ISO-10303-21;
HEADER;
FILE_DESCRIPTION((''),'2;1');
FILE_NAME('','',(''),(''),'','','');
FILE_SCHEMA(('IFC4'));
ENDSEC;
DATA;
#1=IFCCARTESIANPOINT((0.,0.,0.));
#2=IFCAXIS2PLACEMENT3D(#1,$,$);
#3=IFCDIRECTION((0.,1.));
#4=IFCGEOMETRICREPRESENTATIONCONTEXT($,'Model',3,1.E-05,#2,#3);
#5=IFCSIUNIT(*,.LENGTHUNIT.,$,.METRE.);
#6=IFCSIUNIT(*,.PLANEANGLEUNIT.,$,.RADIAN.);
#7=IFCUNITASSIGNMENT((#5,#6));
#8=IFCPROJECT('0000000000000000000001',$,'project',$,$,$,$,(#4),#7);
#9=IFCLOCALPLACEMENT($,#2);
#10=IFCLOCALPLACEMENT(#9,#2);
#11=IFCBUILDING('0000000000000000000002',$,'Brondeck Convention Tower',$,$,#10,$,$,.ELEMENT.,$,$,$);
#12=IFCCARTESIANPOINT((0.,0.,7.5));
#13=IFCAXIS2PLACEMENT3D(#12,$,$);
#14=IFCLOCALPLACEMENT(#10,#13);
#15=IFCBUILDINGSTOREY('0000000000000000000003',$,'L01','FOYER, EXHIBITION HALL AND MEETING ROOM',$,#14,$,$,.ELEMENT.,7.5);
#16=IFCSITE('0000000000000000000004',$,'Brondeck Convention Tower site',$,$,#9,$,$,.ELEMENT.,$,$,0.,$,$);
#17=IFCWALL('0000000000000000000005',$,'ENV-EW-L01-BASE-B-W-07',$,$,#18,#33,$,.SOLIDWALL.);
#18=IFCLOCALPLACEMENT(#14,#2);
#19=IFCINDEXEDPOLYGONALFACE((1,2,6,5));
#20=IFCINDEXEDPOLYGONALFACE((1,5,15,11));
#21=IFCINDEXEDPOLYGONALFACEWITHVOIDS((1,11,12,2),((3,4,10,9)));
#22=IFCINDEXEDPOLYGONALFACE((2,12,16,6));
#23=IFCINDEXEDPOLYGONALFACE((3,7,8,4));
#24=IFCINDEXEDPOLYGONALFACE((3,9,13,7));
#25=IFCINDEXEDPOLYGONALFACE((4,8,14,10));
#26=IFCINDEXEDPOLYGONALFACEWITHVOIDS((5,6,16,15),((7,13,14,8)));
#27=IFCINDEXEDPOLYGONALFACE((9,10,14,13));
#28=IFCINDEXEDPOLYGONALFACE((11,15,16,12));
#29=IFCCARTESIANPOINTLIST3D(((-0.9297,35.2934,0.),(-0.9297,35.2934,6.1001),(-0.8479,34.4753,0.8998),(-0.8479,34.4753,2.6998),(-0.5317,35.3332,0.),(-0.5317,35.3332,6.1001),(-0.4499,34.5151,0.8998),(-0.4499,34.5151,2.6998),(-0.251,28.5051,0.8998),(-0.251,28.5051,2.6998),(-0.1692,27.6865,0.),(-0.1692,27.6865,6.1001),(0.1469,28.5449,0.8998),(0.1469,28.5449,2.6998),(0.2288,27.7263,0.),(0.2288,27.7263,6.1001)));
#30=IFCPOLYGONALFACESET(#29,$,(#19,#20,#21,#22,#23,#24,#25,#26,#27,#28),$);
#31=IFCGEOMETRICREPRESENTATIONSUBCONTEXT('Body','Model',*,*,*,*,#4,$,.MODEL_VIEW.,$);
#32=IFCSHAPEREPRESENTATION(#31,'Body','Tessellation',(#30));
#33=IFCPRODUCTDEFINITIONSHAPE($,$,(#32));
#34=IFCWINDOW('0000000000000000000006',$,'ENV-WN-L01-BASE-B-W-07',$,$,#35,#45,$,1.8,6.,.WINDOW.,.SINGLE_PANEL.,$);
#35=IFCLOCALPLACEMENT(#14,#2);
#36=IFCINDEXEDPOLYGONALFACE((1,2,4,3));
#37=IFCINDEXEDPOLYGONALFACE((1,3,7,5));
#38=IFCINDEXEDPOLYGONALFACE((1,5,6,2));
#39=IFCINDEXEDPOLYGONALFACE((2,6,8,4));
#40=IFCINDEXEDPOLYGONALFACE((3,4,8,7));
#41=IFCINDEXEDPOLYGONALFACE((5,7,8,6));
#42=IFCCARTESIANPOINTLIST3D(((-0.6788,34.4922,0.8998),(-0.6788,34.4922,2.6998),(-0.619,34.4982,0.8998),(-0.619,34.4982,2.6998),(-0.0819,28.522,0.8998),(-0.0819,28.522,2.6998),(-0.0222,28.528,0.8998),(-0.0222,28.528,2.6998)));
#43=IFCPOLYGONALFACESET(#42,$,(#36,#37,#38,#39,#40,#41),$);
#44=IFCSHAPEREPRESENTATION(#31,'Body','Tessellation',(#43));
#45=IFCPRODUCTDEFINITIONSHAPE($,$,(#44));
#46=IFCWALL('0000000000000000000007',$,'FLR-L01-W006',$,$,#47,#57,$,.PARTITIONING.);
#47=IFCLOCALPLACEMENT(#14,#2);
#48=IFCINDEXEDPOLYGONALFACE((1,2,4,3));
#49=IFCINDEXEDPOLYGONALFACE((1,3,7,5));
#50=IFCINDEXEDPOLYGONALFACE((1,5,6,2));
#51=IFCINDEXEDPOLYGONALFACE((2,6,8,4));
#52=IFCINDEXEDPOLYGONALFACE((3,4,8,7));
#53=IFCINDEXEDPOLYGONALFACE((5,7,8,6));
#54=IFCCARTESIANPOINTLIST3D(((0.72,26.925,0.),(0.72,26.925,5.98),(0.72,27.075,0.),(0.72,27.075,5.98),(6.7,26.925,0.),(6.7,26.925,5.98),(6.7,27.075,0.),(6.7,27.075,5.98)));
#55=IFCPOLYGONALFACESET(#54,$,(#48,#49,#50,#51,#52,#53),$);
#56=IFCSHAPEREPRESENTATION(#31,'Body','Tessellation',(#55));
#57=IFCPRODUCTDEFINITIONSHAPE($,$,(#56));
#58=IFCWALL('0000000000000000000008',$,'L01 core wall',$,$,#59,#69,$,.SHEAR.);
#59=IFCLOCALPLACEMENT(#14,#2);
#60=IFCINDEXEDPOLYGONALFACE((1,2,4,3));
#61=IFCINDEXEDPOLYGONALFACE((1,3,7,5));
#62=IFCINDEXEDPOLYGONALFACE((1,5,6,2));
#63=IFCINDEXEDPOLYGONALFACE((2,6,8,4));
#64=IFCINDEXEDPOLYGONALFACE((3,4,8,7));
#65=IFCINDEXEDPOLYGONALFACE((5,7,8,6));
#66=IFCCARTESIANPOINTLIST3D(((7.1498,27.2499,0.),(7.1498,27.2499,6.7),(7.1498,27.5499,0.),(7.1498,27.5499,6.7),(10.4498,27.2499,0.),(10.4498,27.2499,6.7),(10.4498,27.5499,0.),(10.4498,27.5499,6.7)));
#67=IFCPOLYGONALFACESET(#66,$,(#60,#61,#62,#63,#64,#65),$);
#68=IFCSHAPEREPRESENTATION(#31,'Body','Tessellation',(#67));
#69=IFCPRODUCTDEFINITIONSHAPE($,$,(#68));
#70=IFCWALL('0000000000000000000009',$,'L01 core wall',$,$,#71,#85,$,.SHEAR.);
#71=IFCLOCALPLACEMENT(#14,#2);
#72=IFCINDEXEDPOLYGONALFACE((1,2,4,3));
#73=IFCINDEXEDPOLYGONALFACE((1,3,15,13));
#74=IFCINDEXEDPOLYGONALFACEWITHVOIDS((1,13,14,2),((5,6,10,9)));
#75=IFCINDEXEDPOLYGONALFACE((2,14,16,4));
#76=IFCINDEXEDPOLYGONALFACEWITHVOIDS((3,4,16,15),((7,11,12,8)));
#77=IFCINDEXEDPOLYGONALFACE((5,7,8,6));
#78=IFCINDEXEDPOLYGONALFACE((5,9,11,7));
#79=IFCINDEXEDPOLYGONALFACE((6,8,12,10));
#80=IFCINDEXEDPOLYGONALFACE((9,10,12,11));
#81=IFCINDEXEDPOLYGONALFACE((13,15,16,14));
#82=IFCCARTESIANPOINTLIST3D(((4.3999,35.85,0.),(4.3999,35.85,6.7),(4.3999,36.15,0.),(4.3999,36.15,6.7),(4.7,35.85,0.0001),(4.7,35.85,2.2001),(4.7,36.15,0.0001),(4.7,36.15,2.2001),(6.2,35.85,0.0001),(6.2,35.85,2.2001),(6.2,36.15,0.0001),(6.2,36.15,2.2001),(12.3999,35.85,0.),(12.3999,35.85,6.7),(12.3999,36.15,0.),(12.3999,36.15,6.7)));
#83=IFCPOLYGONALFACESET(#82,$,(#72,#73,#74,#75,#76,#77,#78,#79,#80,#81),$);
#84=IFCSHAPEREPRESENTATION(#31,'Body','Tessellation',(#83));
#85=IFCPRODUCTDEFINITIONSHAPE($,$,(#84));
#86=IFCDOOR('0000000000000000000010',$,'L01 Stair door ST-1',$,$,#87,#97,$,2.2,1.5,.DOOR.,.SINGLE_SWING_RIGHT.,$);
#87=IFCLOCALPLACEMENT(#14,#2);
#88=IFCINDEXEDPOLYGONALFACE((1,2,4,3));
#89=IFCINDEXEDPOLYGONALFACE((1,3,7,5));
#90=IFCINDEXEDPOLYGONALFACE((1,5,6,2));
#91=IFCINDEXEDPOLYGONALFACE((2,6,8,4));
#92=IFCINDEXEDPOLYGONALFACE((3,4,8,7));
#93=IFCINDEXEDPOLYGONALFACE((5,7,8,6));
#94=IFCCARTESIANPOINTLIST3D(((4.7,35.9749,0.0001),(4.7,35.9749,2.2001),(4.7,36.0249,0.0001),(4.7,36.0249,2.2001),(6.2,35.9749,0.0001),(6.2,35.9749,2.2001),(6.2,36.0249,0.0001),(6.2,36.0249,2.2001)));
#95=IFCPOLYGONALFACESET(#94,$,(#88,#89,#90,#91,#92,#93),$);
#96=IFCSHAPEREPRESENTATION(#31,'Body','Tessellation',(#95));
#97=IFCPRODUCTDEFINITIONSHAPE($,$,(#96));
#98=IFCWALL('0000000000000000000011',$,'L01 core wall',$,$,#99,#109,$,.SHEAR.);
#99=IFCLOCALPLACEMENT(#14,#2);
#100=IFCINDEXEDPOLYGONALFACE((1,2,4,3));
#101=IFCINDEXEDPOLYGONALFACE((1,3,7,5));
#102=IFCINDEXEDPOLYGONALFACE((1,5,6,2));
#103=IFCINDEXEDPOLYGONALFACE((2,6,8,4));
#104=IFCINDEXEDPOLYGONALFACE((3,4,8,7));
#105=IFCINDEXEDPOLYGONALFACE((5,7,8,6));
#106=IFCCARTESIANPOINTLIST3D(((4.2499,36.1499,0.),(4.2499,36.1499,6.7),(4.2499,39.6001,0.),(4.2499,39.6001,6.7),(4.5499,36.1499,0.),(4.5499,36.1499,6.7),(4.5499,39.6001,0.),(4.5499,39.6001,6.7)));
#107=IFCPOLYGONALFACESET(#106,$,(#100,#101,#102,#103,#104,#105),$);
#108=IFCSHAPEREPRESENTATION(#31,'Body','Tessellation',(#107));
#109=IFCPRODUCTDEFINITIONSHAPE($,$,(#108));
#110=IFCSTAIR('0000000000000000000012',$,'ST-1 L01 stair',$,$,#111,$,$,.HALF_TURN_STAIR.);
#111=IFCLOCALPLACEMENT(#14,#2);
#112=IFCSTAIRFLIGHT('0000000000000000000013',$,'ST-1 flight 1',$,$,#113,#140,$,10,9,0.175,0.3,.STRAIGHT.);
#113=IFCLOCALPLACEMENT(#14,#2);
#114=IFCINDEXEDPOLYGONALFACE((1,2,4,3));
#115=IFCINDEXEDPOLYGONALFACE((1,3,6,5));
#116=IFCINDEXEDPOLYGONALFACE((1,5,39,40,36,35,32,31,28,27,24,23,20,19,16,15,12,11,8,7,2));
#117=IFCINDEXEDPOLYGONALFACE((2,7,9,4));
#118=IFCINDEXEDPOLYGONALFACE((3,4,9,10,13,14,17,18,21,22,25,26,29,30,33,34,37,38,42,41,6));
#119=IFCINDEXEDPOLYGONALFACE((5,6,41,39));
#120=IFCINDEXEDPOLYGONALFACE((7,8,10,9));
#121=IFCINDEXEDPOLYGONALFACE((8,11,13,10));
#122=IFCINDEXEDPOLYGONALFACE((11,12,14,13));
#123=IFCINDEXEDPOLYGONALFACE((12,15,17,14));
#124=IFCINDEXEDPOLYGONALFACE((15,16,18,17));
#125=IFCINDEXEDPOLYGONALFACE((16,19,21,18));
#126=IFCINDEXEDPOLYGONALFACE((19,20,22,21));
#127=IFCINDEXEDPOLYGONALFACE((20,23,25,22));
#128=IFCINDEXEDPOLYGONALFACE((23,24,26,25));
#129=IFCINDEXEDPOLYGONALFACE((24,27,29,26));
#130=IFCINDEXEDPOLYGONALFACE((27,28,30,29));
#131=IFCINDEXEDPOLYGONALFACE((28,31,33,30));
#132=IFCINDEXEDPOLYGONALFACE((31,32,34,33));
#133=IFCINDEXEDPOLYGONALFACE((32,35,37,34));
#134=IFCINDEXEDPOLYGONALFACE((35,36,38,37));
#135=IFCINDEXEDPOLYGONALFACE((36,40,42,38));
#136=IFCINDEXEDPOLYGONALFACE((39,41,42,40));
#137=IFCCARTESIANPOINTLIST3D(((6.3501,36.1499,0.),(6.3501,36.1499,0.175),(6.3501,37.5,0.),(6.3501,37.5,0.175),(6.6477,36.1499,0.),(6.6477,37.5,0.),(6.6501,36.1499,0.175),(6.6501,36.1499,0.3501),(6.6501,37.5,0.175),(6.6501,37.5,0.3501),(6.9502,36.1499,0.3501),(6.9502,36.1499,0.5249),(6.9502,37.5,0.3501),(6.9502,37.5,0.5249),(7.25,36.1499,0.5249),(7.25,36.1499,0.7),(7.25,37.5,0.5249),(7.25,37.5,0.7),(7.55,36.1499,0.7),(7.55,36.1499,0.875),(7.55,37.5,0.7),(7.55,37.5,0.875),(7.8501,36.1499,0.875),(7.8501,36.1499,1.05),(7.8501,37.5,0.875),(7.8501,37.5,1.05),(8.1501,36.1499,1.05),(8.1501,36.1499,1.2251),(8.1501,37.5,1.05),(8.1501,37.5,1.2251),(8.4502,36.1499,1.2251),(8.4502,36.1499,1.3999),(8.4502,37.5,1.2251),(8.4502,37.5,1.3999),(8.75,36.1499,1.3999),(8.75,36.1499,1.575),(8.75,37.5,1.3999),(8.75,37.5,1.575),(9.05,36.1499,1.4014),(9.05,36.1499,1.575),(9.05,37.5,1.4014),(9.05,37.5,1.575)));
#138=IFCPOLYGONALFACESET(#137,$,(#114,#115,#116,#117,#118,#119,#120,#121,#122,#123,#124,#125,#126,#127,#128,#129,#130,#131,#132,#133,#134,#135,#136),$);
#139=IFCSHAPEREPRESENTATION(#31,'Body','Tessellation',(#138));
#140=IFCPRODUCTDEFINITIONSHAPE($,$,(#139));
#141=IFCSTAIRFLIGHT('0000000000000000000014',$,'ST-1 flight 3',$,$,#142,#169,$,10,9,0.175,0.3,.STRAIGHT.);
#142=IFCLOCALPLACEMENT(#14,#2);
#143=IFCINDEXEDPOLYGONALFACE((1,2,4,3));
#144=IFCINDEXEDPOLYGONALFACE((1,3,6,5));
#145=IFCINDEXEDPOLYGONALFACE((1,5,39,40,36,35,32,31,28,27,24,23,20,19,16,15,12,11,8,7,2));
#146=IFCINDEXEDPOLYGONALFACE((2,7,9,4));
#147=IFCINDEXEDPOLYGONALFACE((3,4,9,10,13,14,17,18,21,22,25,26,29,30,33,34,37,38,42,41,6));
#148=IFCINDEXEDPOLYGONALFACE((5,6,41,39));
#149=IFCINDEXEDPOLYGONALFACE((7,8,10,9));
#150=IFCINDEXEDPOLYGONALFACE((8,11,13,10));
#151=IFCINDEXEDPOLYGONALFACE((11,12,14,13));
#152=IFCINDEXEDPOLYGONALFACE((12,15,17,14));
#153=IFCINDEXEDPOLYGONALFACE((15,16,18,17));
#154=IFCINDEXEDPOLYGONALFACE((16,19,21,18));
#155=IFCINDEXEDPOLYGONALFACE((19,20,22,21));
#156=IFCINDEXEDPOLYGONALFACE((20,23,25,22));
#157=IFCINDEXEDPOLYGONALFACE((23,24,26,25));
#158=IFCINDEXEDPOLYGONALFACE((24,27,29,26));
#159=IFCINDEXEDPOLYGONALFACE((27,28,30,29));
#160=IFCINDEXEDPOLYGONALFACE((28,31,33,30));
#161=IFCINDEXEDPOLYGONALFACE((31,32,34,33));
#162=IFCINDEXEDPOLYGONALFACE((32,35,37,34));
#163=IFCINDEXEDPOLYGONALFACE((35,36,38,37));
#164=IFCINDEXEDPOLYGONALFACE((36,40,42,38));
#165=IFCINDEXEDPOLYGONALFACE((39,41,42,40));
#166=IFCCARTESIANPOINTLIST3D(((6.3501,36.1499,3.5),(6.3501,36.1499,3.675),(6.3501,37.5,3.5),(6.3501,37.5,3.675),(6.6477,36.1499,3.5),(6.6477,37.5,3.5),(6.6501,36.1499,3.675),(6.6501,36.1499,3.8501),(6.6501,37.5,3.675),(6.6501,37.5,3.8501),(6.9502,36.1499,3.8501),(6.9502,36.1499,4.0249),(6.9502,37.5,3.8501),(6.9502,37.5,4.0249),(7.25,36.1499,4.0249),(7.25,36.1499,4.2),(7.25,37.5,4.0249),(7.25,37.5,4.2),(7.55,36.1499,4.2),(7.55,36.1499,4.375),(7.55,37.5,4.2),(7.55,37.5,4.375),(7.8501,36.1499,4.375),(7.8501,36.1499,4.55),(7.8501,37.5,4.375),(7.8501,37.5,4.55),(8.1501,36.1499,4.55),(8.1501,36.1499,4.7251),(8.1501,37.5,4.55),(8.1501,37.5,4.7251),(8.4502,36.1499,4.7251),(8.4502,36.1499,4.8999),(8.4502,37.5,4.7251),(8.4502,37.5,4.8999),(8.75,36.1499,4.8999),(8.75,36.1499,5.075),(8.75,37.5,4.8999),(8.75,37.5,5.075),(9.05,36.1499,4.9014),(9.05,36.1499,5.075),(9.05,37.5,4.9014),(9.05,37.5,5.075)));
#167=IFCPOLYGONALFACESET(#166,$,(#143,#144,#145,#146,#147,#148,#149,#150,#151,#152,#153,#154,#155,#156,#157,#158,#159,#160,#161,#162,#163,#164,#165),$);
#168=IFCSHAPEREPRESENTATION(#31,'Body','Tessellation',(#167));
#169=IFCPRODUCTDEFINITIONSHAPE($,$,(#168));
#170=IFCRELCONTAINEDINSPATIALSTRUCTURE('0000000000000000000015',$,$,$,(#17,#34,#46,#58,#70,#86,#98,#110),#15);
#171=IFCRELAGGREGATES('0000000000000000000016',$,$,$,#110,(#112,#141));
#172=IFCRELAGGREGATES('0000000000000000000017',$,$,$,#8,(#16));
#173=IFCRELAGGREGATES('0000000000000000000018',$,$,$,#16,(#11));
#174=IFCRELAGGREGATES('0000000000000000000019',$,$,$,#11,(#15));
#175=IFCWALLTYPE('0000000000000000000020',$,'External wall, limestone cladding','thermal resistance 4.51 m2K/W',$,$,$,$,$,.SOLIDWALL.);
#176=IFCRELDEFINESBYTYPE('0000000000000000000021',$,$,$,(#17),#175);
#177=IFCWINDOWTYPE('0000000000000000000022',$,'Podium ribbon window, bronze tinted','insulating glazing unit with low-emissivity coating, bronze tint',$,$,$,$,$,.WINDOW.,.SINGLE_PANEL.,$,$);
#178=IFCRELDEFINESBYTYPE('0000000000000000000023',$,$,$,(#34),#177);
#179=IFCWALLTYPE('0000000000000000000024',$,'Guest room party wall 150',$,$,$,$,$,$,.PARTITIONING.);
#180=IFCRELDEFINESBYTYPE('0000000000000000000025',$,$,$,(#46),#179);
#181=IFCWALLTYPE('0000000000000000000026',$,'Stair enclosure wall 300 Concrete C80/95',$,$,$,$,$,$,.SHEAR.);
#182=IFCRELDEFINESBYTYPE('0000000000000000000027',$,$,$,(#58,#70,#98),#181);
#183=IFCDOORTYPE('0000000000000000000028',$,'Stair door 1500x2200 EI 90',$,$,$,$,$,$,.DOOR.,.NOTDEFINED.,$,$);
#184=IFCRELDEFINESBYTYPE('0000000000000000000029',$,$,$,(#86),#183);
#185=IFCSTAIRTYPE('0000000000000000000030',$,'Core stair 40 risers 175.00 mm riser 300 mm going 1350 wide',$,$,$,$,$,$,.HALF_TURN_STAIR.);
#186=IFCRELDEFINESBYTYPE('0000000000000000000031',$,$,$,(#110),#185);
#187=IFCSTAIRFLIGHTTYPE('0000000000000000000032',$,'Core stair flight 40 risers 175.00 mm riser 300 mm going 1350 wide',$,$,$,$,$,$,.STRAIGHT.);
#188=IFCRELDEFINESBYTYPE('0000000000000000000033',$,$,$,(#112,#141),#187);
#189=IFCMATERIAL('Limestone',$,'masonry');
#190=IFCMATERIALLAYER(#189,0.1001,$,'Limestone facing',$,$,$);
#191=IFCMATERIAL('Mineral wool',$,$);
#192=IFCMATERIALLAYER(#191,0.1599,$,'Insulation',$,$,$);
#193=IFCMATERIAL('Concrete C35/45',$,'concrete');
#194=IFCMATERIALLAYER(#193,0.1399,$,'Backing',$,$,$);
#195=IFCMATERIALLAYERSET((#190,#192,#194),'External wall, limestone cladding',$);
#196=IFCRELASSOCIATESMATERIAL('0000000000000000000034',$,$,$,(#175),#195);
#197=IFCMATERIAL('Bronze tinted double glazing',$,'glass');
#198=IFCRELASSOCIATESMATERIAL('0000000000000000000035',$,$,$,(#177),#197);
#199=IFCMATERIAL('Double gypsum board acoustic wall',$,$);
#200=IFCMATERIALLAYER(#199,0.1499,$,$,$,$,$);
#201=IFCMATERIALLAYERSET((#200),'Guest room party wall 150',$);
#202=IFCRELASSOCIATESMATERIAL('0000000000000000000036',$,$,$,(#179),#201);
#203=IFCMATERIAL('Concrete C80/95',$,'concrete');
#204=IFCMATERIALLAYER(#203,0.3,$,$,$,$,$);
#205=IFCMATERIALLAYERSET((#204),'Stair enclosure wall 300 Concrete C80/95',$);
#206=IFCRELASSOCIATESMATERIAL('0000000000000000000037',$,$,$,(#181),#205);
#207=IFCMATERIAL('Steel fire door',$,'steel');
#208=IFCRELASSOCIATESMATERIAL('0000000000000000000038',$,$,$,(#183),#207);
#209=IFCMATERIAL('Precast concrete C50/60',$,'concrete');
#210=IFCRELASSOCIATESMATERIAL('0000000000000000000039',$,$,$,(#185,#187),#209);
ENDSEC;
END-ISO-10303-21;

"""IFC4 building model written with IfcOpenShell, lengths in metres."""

from ifc_helpers import new_model, si_unit, direction, frame, frame_2d, origin, place, context, subcontext, project, spatial, polyline, rectangle, outline, extrude, material, layer, layer_set, type_object, element, fill, aggregate, save


model = new_model("IFC4")

# Units and contexts
model_context = context("Model", 3, precision=1e-05, world=origin(), true_north=direction((0.0, 1.0)))
body_context = subcontext(model_context, "Body", "Model", "MODEL_VIEW")
ifc_project = project(units=[si_unit("LENGTHUNIT", "METRE"), si_unit("PLANEANGLEUNIT", "RADIAN")], contexts=[model_context])

# Site, building, storey
site_placement = place(None, origin())
site = spatial("IfcSite", under=ifc_project, at=site_placement, Name="Brondeck Convention Tower site", CompositionType="ELEMENT", RefElevation=0.0)
building_placement = place(site_placement, origin())
building = spatial("IfcBuilding", under=site, at=building_placement, Name="Brondeck Convention Tower", CompositionType="ELEMENT")
storey_placement = place(building_placement, frame((0.0, 0.0, 7.5)))
storey = spatial("IfcBuildingStorey", under=building, at=storey_placement, Name="L01", Description="FOYER, EXHIBITION HALL AND MEETING ROOM", CompositionType="ELEMENT", Elevation=7.5)

# Shared definitions
ifc_material_1 = material(Name="Concrete C80/95", Category="concrete")

# Shared definitions
ifc_material_2 = material(Name="Steel fire door", Category="steel")

# Wall, opening, window
ifc_material_3 = material(Name="Limestone", Category="masonry")
ifc_layer_1 = layer(ifc_material_3, 0.1001, Name="Limestone facing")
ifc_material_4 = material(Name="Mineral wool")
ifc_layer_2 = layer(ifc_material_4, 0.1599, Name="Insulation")
ifc_material_5 = material(Name="Concrete C35/45", Category="concrete")
ifc_layer_3 = layer(ifc_material_5, 0.1399, Name="Backing")
ifc_layer_set_1 = layer_set([ifc_layer_1, ifc_layer_2, ifc_layer_3], Name="External wall, limestone cladding")
wall_type_1 = type_object("IfcWallType", Name="External wall, limestone cladding", Description="thermal resistance 4.51 m2K/W", PredefinedType="SOLIDWALL", material=ifc_layer_set_1)
wall_1_placement = place(storey_placement, frame((0.0298, 27.7065, 0.0), z_axis=(0.0, 0.0, 1.0), x_axis=(-0.099478, 0.99504, 0.0)))
wall_1 = element("IfcWall", 1, at=wall_1_placement, inside=storey, type_object=wall_type_1, Name="ENV-EW-L01-BASE-B-W-07", PredefinedType="SOLIDWALL", context=body_context, shape_type="SweptSolid", body=[
    extrude(rectangle(XDim=7.6448, YDim=0.3999, at=frame_2d((3.8223, 0.0))), origin(), (0.0, 0.0, 1.0), 6.1001),
])
opening_1_placement = place(wall_1_placement, frame((0.8225, 0.0, 0.8999)))
opening_1 = element("IfcOpeningElement", 2, at=opening_1_placement, cuts=wall_1, PredefinedType="OPENING", context=body_context, shape_type="SweptSolid", body=[
    extrude(rectangle(XDim=6.0, YDim=1.8, at=frame_2d((3.0, 0.8999))), frame((0.0, 0.21, 0.0), z_axis=(0.0, -1.0, 0.0), x_axis=(1.0, 0.0, 0.0)), (0.0, 0.0, 1.0), 0.4199),
])
ifc_material_6 = material(Name="Bronze tinted double glazing", Category="glass")
window_type = type_object("IfcWindowType", Name="Podium ribbon window, bronze tinted", Description="insulating glazing unit with low-emissivity coating, bronze tint", PartitioningType="SINGLE_PANEL", PredefinedType="WINDOW", material=ifc_material_6)
window_placement = place(opening_1_placement, origin())
window = element("IfcWindow", 3, at=window_placement, inside=storey, type_object=window_type, Name="ENV-WN-L01-BASE-B-W-07", OverallHeight=1.8, OverallWidth=6.0, PartitioningType="SINGLE_PANEL", PredefinedType="WINDOW", context=body_context, shape_type="SweptSolid", body=[
    extrude(rectangle(XDim=6.0, YDim=1.8, at=frame_2d((3.0, 0.8999))), frame((0.0, 0.03, 0.0), z_axis=(0.0, -1.0, 0.0), x_axis=(1.0, 0.0, 0.0)), (0.0, 0.0, 1.0), 0.0601),
])
fill(opening_1, window)

# Walls
ifc_material_7 = material(Name="Double gypsum board acoustic wall")
ifc_layer_4 = layer(ifc_material_7, 0.1499)
ifc_layer_set_2 = layer_set([ifc_layer_4], Name="Guest room party wall 150")
wall_type_2 = type_object("IfcWallType", Name="Guest room party wall 150", PredefinedType="PARTITIONING", material=ifc_layer_set_2)
wall_2_placement = place(storey_placement, frame((0.72, 27.0, 0.0), z_axis=(0.0, 0.0, 1.0), x_axis=(1.0, 0.0, 0.0)))
element("IfcWall", 4, at=wall_2_placement, inside=storey, type_object=wall_type_2, Name="FLR-L01-W006", PredefinedType="PARTITIONING", context=body_context, shape_type="SweptSolid", body=[
    extrude(rectangle(XDim=5.98, YDim=0.1499, at=frame_2d((2.99, 0.0))), origin(), (0.0, 0.0, 1.0), 5.98),
])
ifc_layer_5 = layer(ifc_material_1, 0.3)
ifc_layer_set_3 = layer_set([ifc_layer_5], Name="Stair enclosure wall 300 Concrete C80/95")
wall_type_3 = type_object("IfcWallType", Name="Stair enclosure wall 300 Concrete C80/95", PredefinedType="SHEAR", material=ifc_layer_set_3)
wall_3_placement = place(storey_placement, frame((7.1499, 27.3999, 0.0), z_axis=(0.0, 0.0, 1.0), x_axis=(1.0, 0.0, 0.0)))
element("IfcWall", 5, at=wall_3_placement, inside=storey, type_object=wall_type_3, Name="L01 core wall", PredefinedType="SHEAR", context=body_context, shape_type="SweptSolid", body=[
    extrude(rectangle(XDim=3.3, YDim=0.3, at=frame_2d((1.6499, 0.0))), origin(), (0.0, 0.0, 1.0), 6.7),
])

# Wall, opening, door
wall_4_placement = place(storey_placement, frame((4.3999, 36.0, 0.0), z_axis=(0.0, 0.0, 1.0), x_axis=(1.0, 0.0, 0.0)))
wall_4 = element("IfcWall", 6, at=wall_4_placement, inside=storey, type_object=wall_type_3, Name="L01 core wall", PredefinedType="SHEAR", context=body_context, shape_type="SweptSolid", body=[
    extrude(rectangle(XDim=8.0, YDim=0.3, at=frame_2d((4.0, 0.0))), origin(), (0.0, 0.0, 1.0), 6.7),
])
opening_2_placement = place(wall_4_placement, frame((0.3, 0.0, 0.0)))
opening_2 = element("IfcOpeningElement", 7, at=opening_2_placement, cuts=wall_4, PredefinedType="OPENING", context=body_context, shape_type="SweptSolid", body=[
    extrude(rectangle(XDim=1.5, YDim=2.2, at=frame_2d((0.75, 1.1001))), frame((0.0, 0.1599, 0.0), z_axis=(0.0, -1.0, 0.0), x_axis=(1.0, 0.0, 0.0)), (0.0, 0.0, 1.0), 0.3201),
])
door_type_1 = type_object("IfcDoorType", Name="Stair door 1500x2200 EI 90", OperationType="NOTDEFINED", PredefinedType="DOOR", material=ifc_material_2)
door_1_placement = place(opening_2_placement, origin())
door_1 = element("IfcDoor", 8, at=door_1_placement, inside=storey, type_object=door_type_1, Name="L01 Stair door ST-1", OperationType="SINGLE_SWING_RIGHT", OverallHeight=2.2, OverallWidth=1.5, PredefinedType="DOOR", context=body_context, shape_type="SweptSolid", body=[
    extrude(rectangle(XDim=1.5, YDim=2.2, at=frame_2d((0.75, 1.1001))), frame((0.0, 0.0249, 0.0), z_axis=(0.0, -1.0, 0.0), x_axis=(1.0, 0.0, 0.0)), (0.0, 0.0, 1.0), 0.05),
])
fill(opening_2, door_1)

# Wall
wall_5_placement = place(storey_placement, frame((4.3999, 36.1499, 0.0), z_axis=(0.0, 0.0, 1.0), x_axis=(0.0, 1.0, 0.0)))
element("IfcWall", 9, at=wall_5_placement, inside=storey, type_object=wall_type_3, Name="L01 core wall", PredefinedType="SHEAR", context=body_context, shape_type="SweptSolid", body=[
    extrude(rectangle(XDim=3.4502, YDim=0.3, at=frame_2d((1.7251, 0.0))), origin(), (0.0, 0.0, 1.0), 6.7),
])

# Stair, stair flights
ifc_material_8 = material(Name="Precast concrete C50/60", Category="concrete")
stair_type = type_object("IfcStairType", Name="Core stair 40 risers 175.00 mm riser 300 mm going 1350 wide", PredefinedType="HALF_TURN_STAIR", material=ifc_material_8)
stair_placement = place(storey_placement, origin())
stair = element("IfcStair", 10, at=stair_placement, inside=storey, type_object=stair_type, Name="ST-1 L01 stair", PredefinedType="HALF_TURN_STAIR")
stair_flight_type = type_object("IfcStairFlightType", Name="Core stair flight 40 risers 175.00 mm riser 300 mm going 1350 wide", PredefinedType="STRAIGHT", material=ifc_material_8)
stair_flight_1_placement = place(storey_placement, frame((6.3501, 36.825, 0.0), z_axis=(0.0, 0.0, 1.0), x_axis=(1.0, 0.0, 0.0)))
stair_flight_1 = element("IfcStairFlight", 11, at=stair_flight_1_placement, type_object=stair_flight_type, Name="ST-1 flight 1", NumberOfRisers=10, NumberOfTreads=9, PredefinedType="STRAIGHT", RiserHeight=0.175, TreadLength=0.3, context=body_context, shape_type="SweptSolid", body=[
    extrude(outline(polyline([(0.0, 0.0), (0.0, 0.175), (0.3, 0.175), (0.3, 0.3501), (0.6001, 0.3501), (0.6001, 0.5249), (0.8999, 0.5249), (0.8999, 0.7), (1.2, 0.7), (1.2, 0.875), (1.5, 0.875), (1.5, 1.05), (1.8, 1.05), (1.8, 1.2251), (2.1001, 1.2251), (2.1001, 1.3999), (2.3999, 1.3999), (2.3999, 1.575), (2.7, 1.575), (2.7, 1.75), (2.7, 1.4014), (0.2976, 0.0), (0.0, 0.0)])), frame((0.0, 0.675, 0.0), z_axis=(0.0, -1.0, 0.0), x_axis=(1.0, 0.0, 0.0)), (0.0, 0.0, 1.0), 1.3501),
])
stair_flight_2_placement = place(storey_placement, frame((6.3501, 36.825, 3.5), z_axis=(0.0, 0.0, 1.0), x_axis=(1.0, 0.0, 0.0)))
stair_flight_2 = element("IfcStairFlight", 12, at=stair_flight_2_placement, type_object=stair_flight_type, Name="ST-1 flight 3", NumberOfRisers=10, NumberOfTreads=9, PredefinedType="STRAIGHT", RiserHeight=0.175, TreadLength=0.3, context=body_context, shape_type="SweptSolid", body=[
    extrude(outline(polyline([(0.0, 0.0), (0.0, 0.175), (0.3, 0.175), (0.3, 0.3501), (0.6001, 0.3501), (0.6001, 0.5249), (0.8999, 0.5249), (0.8999, 0.7), (1.2, 0.7), (1.2, 0.875), (1.5, 0.875), (1.5, 1.05), (1.8, 1.05), (1.8, 1.2251), (2.1001, 1.2251), (2.1001, 1.3999), (2.3999, 1.3999), (2.3999, 1.575), (2.7, 1.575), (2.7, 1.75), (2.7, 1.4014), (0.2976, 0.0), (0.0, 0.0)])), frame((0.0, 0.675, 0.0), z_axis=(0.0, -1.0, 0.0), x_axis=(1.0, 0.0, 0.0)), (0.0, 0.0, 1.0), 1.3501),
])
aggregate(stair, [stair_flight_1, stair_flight_2])

save(model, "model.ifc")
